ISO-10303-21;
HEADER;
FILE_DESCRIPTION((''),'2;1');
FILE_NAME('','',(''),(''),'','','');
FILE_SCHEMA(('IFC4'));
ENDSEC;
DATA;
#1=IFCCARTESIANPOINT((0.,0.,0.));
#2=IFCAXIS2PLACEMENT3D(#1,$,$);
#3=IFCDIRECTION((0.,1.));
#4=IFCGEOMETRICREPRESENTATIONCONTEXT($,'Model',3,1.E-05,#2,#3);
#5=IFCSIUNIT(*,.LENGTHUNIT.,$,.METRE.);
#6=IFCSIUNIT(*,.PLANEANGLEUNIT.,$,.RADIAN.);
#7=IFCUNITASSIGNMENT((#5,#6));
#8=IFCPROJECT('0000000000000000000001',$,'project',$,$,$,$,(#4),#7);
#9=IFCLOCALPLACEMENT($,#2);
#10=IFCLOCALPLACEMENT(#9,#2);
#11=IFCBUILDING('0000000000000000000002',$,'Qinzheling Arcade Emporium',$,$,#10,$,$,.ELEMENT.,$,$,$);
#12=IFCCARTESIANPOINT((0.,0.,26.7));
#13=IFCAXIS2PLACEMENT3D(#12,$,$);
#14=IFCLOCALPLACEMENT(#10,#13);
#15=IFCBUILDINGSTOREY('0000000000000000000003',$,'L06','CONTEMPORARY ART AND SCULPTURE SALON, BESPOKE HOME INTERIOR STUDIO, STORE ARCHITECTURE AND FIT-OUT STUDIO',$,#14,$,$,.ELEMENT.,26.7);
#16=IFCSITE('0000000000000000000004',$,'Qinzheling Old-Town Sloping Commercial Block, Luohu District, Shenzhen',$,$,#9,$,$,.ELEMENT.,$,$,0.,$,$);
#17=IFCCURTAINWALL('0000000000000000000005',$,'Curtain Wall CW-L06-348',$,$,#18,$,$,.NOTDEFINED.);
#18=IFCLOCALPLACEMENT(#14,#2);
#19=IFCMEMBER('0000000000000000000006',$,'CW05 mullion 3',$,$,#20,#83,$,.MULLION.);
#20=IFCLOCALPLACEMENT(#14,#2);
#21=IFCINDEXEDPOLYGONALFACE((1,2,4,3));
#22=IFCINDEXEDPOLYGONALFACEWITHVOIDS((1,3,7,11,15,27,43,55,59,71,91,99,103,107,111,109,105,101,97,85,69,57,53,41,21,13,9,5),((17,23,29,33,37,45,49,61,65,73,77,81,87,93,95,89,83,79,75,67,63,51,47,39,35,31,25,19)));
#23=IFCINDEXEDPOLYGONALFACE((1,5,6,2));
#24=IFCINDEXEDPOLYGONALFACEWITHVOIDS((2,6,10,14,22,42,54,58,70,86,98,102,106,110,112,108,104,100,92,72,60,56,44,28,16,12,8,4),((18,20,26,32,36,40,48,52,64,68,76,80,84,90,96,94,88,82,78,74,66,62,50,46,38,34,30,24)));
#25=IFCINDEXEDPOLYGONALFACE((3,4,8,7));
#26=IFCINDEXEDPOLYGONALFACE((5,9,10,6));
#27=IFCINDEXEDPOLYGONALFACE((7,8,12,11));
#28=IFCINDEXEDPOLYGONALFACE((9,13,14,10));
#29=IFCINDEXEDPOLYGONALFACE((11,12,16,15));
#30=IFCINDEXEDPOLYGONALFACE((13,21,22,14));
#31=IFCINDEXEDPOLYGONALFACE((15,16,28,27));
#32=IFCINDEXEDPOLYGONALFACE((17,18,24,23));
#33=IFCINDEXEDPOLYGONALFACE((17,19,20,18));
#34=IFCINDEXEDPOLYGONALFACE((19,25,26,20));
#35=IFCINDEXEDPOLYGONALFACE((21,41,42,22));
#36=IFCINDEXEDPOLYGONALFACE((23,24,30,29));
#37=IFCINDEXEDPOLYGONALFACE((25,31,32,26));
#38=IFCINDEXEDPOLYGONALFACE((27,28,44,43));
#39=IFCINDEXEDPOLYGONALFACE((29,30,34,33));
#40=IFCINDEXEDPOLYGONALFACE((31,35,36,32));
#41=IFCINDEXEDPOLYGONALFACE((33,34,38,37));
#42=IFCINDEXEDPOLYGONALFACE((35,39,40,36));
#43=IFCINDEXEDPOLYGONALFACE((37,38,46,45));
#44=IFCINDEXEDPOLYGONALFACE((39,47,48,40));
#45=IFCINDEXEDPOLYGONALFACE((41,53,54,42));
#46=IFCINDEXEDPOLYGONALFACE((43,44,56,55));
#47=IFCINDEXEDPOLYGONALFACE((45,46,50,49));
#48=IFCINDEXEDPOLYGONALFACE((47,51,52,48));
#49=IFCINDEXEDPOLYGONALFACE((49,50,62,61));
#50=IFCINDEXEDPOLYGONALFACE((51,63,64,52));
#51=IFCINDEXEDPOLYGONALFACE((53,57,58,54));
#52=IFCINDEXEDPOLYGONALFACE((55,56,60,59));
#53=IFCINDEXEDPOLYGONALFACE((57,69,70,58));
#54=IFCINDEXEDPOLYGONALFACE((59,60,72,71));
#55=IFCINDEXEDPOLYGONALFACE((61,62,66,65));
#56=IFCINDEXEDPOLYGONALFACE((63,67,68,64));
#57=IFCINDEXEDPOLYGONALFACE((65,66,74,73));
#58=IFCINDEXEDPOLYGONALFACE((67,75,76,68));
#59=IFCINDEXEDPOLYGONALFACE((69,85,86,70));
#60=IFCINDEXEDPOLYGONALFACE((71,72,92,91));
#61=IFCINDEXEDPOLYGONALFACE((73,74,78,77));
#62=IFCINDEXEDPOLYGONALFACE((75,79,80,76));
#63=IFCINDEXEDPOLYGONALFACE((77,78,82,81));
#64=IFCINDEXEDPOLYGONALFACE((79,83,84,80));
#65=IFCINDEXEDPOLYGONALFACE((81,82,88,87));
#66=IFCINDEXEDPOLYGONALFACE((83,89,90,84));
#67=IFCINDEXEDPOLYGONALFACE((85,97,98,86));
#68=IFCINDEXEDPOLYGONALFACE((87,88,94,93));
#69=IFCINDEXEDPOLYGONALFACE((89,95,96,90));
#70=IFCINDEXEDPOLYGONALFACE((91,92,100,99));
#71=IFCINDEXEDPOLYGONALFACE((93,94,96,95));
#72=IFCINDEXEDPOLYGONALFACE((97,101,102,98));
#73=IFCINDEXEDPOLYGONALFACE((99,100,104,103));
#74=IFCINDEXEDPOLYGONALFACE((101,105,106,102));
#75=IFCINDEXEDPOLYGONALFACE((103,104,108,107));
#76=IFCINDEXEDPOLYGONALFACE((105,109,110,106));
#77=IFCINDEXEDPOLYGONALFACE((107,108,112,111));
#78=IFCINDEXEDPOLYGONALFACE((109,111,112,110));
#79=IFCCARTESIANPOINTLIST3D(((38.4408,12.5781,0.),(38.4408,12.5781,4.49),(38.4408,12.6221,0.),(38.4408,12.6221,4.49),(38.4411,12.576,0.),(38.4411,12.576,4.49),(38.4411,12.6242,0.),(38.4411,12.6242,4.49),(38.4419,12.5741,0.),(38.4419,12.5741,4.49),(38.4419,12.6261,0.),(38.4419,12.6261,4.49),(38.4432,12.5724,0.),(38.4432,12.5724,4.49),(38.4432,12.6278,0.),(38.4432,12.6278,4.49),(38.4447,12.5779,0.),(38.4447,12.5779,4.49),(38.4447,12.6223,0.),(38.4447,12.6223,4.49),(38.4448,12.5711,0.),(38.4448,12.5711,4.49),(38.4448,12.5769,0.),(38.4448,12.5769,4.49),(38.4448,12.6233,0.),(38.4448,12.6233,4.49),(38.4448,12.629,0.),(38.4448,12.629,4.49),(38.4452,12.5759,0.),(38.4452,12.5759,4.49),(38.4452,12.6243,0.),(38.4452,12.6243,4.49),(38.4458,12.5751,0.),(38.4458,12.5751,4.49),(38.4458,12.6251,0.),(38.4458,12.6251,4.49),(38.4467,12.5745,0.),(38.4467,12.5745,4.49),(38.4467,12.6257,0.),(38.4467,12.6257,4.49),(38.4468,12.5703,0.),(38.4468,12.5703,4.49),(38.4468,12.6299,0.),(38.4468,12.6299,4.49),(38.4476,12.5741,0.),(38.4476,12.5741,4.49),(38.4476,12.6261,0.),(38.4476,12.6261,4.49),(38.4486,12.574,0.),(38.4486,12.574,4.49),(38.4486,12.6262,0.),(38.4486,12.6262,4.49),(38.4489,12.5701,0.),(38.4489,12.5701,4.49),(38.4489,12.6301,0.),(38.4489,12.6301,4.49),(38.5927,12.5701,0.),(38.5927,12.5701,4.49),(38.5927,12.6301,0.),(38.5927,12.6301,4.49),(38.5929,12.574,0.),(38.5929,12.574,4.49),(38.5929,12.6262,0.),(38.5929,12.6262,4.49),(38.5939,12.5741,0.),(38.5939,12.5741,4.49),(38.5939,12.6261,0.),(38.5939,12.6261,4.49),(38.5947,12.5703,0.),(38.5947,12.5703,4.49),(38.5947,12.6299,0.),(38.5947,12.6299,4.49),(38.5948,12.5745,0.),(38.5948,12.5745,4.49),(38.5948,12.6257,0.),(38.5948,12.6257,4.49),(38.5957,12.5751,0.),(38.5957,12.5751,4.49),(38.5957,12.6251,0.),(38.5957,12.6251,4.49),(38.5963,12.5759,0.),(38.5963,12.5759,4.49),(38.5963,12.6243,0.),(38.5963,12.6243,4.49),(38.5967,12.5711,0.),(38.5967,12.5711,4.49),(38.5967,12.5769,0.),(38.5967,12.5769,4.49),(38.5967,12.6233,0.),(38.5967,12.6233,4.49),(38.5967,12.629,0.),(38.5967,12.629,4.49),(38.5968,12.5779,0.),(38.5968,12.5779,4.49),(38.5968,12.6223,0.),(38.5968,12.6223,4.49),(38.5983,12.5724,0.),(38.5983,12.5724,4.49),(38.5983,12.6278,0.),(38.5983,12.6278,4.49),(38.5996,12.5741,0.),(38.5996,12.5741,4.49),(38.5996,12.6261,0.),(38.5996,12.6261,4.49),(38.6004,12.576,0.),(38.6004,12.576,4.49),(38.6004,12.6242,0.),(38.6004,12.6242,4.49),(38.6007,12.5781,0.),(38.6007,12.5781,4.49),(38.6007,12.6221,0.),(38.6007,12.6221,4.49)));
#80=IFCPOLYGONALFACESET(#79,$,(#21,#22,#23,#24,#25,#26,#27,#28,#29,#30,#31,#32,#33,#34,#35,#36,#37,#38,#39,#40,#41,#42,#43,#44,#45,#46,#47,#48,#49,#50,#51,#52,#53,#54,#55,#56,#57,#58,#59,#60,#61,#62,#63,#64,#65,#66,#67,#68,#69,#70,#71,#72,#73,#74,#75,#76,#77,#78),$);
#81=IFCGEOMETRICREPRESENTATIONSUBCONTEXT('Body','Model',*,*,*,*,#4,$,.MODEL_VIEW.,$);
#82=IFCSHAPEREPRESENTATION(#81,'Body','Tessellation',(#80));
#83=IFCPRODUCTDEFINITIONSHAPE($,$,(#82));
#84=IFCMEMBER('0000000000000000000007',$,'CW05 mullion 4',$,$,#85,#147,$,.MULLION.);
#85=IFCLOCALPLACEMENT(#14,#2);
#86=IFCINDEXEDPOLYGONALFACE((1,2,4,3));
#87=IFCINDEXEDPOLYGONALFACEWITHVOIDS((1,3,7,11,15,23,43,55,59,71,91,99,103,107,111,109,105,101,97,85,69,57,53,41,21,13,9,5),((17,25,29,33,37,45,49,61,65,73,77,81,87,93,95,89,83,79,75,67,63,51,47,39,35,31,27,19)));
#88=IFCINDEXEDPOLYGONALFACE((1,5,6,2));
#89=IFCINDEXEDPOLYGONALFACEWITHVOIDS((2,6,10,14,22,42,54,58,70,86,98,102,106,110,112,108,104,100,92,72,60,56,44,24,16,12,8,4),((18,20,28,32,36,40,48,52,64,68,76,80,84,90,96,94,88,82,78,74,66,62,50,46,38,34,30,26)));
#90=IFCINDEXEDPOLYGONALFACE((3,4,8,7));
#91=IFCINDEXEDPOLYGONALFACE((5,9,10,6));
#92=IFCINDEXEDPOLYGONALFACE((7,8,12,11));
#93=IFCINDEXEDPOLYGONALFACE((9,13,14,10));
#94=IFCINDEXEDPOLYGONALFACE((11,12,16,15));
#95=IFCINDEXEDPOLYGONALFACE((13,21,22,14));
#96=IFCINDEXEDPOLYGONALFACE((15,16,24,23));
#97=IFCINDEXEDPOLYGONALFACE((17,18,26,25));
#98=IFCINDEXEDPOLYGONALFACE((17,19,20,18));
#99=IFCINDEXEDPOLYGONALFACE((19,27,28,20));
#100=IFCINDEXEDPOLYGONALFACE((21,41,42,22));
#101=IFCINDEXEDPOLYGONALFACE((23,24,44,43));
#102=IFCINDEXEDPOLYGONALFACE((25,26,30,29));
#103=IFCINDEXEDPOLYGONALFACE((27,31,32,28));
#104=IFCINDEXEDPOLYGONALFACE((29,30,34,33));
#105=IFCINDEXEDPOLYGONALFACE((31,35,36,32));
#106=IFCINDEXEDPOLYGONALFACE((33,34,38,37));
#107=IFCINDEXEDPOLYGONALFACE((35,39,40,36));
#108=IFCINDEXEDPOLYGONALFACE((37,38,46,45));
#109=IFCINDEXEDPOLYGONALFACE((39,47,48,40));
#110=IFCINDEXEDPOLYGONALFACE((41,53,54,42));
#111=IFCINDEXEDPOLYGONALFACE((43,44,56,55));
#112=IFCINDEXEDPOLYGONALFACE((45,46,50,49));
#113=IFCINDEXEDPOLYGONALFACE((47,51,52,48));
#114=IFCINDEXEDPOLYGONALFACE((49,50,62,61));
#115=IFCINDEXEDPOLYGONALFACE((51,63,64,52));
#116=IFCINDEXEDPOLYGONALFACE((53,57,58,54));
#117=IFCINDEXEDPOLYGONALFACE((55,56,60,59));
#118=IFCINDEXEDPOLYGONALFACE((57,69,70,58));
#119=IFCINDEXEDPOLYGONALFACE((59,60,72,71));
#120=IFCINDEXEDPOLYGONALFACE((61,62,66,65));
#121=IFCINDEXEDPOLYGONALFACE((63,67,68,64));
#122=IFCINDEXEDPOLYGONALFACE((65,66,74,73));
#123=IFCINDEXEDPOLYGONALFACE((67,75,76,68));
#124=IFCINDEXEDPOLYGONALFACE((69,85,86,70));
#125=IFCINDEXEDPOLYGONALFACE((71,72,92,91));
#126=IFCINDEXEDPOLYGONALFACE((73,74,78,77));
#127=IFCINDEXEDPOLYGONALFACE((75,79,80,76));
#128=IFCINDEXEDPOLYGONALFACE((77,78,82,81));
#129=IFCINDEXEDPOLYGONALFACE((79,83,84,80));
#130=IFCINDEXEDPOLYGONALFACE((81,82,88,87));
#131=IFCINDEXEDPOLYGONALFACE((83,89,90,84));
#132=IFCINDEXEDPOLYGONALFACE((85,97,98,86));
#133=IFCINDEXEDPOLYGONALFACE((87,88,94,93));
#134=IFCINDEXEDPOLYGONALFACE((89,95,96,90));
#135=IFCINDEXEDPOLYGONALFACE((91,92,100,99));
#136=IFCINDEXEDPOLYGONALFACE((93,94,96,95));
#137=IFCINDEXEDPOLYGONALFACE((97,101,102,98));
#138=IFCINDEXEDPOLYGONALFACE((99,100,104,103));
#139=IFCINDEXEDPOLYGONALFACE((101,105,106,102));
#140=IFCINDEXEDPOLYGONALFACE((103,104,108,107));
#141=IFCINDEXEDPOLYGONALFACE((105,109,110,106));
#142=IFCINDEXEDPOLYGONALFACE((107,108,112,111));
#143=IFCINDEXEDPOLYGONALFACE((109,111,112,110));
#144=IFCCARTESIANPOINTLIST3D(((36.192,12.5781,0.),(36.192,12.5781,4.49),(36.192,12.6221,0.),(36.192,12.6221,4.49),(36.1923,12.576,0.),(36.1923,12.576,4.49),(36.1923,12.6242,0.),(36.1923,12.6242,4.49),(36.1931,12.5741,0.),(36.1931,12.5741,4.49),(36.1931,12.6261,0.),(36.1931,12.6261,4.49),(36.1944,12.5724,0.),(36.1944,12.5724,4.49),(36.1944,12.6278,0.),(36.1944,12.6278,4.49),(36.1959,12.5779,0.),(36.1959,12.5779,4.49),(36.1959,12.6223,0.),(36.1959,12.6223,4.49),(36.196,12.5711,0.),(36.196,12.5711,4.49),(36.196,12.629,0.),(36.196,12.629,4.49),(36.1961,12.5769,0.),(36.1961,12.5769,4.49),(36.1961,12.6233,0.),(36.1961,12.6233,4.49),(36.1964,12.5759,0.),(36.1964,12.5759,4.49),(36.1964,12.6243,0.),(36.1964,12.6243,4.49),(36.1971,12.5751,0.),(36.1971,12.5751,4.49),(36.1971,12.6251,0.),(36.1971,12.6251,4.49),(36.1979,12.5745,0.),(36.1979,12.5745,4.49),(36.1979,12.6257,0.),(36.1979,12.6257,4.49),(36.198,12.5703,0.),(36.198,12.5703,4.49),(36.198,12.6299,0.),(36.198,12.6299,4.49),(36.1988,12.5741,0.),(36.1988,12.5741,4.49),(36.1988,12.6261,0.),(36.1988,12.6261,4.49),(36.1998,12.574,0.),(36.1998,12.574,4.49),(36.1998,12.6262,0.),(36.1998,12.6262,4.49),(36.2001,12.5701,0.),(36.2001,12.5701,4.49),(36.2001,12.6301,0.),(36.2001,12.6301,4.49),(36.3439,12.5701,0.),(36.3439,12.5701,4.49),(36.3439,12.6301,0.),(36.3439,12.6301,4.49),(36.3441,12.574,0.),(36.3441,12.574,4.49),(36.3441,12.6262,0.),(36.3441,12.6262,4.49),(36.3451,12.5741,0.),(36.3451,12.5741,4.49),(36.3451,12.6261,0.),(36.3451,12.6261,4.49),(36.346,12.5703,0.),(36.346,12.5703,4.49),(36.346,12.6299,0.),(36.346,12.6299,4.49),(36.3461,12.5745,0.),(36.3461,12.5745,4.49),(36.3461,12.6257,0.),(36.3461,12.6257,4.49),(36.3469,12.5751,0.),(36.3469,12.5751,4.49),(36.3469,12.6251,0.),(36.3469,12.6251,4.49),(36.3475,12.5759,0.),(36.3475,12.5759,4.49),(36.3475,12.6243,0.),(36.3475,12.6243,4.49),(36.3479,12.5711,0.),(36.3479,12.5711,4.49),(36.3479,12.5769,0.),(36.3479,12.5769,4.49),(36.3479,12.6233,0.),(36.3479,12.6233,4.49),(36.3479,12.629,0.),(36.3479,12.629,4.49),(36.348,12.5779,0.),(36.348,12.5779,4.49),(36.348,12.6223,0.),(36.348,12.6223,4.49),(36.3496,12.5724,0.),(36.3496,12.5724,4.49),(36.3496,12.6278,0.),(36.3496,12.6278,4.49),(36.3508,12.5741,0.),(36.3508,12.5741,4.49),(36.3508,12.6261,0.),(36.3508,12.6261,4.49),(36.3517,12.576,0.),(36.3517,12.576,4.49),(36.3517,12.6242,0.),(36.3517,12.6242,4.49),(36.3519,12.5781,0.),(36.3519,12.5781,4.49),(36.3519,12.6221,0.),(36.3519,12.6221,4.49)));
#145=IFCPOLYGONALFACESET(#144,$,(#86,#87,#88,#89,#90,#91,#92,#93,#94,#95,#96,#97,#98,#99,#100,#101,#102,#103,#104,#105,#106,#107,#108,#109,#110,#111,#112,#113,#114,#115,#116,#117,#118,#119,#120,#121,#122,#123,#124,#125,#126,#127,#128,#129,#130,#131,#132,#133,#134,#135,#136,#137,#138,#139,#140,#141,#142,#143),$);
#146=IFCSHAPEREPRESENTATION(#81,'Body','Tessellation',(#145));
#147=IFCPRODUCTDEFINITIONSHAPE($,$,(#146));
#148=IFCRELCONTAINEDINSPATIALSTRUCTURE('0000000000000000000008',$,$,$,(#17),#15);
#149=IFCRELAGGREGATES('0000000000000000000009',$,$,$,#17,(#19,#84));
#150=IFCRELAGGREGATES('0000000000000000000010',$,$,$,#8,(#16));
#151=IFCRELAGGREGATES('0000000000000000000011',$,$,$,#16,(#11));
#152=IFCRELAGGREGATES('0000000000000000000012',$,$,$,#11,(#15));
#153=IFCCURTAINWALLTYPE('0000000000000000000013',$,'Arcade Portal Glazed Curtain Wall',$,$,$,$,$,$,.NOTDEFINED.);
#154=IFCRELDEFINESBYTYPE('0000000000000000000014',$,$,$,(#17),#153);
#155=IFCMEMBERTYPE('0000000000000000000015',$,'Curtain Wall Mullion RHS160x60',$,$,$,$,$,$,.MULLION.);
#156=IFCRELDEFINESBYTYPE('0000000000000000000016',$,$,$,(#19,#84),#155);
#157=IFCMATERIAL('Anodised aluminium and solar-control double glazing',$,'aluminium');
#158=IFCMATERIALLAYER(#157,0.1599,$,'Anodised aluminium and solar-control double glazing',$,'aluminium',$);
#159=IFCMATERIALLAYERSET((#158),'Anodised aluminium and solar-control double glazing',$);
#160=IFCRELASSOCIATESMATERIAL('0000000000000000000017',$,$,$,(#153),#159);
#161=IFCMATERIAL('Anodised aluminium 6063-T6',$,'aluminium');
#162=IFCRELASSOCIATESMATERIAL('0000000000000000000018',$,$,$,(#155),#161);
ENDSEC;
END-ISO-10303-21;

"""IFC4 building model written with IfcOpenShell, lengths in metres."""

from ifc_helpers import new_model, si_unit, direction, frame, origin, origin_2d, place, context, subcontext, project, spatial, hollow_rectangle, extrude, material, layer, layer_set, material_profile, profile_set, type_object, element, aggregate, save


model = new_model("IFC4")

# Units and contexts
model_context = context("Model", 3, precision=1e-05, world=origin(), true_north=direction((0.0, 1.0)))
body_context = subcontext(model_context, "Body", "Model", "MODEL_VIEW")
ifc_project = project(units=[si_unit("LENGTHUNIT", "METRE"), si_unit("PLANEANGLEUNIT", "RADIAN")], contexts=[model_context])

# Site, building, storey
site_placement = place(None, origin())
site = spatial("IfcSite", under=ifc_project, at=site_placement, Name="Qinzheling Old-Town Sloping Commercial Block, Luohu District, Shenzhen", CompositionType="ELEMENT", RefElevation=0.0)
building_placement = place(site_placement, origin())
building = spatial("IfcBuilding", under=site, at=building_placement, Name="Qinzheling Arcade Emporium", CompositionType="ELEMENT")
storey_placement = place(building_placement, frame((0.0, 0.0, 26.7)))
storey = spatial("IfcBuildingStorey", under=building, at=storey_placement, Name="L06", Description="CONTEMPORARY ART AND SCULPTURE SALON, BESPOKE HOME INTERIOR STUDIO, STORE ARCHITECTURE AND FIT-OUT STUDIO", CompositionType="ELEMENT", Elevation=26.7)

# Curtain wall, members
ifc_material_1 = material(Name="Anodised aluminium and solar-control double glazing", Category="aluminium")
ifc_layer_1 = layer(ifc_material_1, 0.1599, Name="Anodised aluminium and solar-control double glazing", Category="aluminium")
ifc_layer_set_1 = layer_set([ifc_layer_1], Name="Anodised aluminium and solar-control double glazing")
curtain_wall_type = type_object("IfcCurtainWallType", Name="Arcade Portal Glazed Curtain Wall", PredefinedType="NOTDEFINED", material=ifc_layer_set_1)
curtain_wall_1_placement = place(storey_placement, origin())
curtain_wall_1 = element("IfcCurtainWall", 1, at=curtain_wall_1_placement, inside=storey, type_object=curtain_wall_type, Name="Curtain Wall CW-L06-348", PredefinedType="NOTDEFINED")
ifc_material_2 = material(Name="Anodised aluminium 6063-T6", Category="aluminium")
ifc_material_profile_1 = material_profile(ifc_material_2, hollow_rectangle(XDim=0.0601, YDim=0.1599, WallThickness=0.0039, InnerFilletRadius=0.0039, OuterFilletRadius=0.0081, at=origin_2d()), Name="RHS 160x60x4", Category="aluminium")
ifc_profile_set_1 = profile_set([ifc_material_profile_1], Name="Anodised aluminium 6063-T6")
member_type_1 = type_object("IfcMemberType", Name="Curtain Wall Mullion RHS160x60", PredefinedType="MULLION", material=ifc_profile_set_1)
member_1_placement = place(storey_placement, frame((38.5208, 12.6001, 0.0), z_axis=(0.0, 0.0, 1.0), x_axis=(0.0, -1.0, 0.0)))
member_1 = element("IfcMember", 2, at=member_1_placement, type_object=member_type_1, Name="CW05 mullion 3", PredefinedType="MULLION", context=body_context, shape_type="SweptSolid", body=[
    extrude(hollow_rectangle(XDim=0.0601, YDim=0.1599, WallThickness=0.0039, InnerFilletRadius=0.0039, OuterFilletRadius=0.0081, at=origin_2d()), origin(), (0.0, 0.0, 1.0), 4.49),
])
member_2_placement = place(storey_placement, frame((36.272, 12.6001, 0.0), z_axis=(0.0, 0.0, 1.0), x_axis=(0.0, -1.0, 0.0)))
member_2 = element("IfcMember", 3, at=member_2_placement, type_object=member_type_1, Name="CW05 mullion 4", PredefinedType="MULLION", context=body_context, shape_type="SweptSolid", body=[
    extrude(hollow_rectangle(XDim=0.0601, YDim=0.1599, WallThickness=0.0039, InnerFilletRadius=0.0039, OuterFilletRadius=0.0081, at=origin_2d()), origin(), (0.0, 0.0, 1.0), 4.49),
])

aggregate(curtain_wall_1, [member_1, member_2])

save(model, "model.ifc")
